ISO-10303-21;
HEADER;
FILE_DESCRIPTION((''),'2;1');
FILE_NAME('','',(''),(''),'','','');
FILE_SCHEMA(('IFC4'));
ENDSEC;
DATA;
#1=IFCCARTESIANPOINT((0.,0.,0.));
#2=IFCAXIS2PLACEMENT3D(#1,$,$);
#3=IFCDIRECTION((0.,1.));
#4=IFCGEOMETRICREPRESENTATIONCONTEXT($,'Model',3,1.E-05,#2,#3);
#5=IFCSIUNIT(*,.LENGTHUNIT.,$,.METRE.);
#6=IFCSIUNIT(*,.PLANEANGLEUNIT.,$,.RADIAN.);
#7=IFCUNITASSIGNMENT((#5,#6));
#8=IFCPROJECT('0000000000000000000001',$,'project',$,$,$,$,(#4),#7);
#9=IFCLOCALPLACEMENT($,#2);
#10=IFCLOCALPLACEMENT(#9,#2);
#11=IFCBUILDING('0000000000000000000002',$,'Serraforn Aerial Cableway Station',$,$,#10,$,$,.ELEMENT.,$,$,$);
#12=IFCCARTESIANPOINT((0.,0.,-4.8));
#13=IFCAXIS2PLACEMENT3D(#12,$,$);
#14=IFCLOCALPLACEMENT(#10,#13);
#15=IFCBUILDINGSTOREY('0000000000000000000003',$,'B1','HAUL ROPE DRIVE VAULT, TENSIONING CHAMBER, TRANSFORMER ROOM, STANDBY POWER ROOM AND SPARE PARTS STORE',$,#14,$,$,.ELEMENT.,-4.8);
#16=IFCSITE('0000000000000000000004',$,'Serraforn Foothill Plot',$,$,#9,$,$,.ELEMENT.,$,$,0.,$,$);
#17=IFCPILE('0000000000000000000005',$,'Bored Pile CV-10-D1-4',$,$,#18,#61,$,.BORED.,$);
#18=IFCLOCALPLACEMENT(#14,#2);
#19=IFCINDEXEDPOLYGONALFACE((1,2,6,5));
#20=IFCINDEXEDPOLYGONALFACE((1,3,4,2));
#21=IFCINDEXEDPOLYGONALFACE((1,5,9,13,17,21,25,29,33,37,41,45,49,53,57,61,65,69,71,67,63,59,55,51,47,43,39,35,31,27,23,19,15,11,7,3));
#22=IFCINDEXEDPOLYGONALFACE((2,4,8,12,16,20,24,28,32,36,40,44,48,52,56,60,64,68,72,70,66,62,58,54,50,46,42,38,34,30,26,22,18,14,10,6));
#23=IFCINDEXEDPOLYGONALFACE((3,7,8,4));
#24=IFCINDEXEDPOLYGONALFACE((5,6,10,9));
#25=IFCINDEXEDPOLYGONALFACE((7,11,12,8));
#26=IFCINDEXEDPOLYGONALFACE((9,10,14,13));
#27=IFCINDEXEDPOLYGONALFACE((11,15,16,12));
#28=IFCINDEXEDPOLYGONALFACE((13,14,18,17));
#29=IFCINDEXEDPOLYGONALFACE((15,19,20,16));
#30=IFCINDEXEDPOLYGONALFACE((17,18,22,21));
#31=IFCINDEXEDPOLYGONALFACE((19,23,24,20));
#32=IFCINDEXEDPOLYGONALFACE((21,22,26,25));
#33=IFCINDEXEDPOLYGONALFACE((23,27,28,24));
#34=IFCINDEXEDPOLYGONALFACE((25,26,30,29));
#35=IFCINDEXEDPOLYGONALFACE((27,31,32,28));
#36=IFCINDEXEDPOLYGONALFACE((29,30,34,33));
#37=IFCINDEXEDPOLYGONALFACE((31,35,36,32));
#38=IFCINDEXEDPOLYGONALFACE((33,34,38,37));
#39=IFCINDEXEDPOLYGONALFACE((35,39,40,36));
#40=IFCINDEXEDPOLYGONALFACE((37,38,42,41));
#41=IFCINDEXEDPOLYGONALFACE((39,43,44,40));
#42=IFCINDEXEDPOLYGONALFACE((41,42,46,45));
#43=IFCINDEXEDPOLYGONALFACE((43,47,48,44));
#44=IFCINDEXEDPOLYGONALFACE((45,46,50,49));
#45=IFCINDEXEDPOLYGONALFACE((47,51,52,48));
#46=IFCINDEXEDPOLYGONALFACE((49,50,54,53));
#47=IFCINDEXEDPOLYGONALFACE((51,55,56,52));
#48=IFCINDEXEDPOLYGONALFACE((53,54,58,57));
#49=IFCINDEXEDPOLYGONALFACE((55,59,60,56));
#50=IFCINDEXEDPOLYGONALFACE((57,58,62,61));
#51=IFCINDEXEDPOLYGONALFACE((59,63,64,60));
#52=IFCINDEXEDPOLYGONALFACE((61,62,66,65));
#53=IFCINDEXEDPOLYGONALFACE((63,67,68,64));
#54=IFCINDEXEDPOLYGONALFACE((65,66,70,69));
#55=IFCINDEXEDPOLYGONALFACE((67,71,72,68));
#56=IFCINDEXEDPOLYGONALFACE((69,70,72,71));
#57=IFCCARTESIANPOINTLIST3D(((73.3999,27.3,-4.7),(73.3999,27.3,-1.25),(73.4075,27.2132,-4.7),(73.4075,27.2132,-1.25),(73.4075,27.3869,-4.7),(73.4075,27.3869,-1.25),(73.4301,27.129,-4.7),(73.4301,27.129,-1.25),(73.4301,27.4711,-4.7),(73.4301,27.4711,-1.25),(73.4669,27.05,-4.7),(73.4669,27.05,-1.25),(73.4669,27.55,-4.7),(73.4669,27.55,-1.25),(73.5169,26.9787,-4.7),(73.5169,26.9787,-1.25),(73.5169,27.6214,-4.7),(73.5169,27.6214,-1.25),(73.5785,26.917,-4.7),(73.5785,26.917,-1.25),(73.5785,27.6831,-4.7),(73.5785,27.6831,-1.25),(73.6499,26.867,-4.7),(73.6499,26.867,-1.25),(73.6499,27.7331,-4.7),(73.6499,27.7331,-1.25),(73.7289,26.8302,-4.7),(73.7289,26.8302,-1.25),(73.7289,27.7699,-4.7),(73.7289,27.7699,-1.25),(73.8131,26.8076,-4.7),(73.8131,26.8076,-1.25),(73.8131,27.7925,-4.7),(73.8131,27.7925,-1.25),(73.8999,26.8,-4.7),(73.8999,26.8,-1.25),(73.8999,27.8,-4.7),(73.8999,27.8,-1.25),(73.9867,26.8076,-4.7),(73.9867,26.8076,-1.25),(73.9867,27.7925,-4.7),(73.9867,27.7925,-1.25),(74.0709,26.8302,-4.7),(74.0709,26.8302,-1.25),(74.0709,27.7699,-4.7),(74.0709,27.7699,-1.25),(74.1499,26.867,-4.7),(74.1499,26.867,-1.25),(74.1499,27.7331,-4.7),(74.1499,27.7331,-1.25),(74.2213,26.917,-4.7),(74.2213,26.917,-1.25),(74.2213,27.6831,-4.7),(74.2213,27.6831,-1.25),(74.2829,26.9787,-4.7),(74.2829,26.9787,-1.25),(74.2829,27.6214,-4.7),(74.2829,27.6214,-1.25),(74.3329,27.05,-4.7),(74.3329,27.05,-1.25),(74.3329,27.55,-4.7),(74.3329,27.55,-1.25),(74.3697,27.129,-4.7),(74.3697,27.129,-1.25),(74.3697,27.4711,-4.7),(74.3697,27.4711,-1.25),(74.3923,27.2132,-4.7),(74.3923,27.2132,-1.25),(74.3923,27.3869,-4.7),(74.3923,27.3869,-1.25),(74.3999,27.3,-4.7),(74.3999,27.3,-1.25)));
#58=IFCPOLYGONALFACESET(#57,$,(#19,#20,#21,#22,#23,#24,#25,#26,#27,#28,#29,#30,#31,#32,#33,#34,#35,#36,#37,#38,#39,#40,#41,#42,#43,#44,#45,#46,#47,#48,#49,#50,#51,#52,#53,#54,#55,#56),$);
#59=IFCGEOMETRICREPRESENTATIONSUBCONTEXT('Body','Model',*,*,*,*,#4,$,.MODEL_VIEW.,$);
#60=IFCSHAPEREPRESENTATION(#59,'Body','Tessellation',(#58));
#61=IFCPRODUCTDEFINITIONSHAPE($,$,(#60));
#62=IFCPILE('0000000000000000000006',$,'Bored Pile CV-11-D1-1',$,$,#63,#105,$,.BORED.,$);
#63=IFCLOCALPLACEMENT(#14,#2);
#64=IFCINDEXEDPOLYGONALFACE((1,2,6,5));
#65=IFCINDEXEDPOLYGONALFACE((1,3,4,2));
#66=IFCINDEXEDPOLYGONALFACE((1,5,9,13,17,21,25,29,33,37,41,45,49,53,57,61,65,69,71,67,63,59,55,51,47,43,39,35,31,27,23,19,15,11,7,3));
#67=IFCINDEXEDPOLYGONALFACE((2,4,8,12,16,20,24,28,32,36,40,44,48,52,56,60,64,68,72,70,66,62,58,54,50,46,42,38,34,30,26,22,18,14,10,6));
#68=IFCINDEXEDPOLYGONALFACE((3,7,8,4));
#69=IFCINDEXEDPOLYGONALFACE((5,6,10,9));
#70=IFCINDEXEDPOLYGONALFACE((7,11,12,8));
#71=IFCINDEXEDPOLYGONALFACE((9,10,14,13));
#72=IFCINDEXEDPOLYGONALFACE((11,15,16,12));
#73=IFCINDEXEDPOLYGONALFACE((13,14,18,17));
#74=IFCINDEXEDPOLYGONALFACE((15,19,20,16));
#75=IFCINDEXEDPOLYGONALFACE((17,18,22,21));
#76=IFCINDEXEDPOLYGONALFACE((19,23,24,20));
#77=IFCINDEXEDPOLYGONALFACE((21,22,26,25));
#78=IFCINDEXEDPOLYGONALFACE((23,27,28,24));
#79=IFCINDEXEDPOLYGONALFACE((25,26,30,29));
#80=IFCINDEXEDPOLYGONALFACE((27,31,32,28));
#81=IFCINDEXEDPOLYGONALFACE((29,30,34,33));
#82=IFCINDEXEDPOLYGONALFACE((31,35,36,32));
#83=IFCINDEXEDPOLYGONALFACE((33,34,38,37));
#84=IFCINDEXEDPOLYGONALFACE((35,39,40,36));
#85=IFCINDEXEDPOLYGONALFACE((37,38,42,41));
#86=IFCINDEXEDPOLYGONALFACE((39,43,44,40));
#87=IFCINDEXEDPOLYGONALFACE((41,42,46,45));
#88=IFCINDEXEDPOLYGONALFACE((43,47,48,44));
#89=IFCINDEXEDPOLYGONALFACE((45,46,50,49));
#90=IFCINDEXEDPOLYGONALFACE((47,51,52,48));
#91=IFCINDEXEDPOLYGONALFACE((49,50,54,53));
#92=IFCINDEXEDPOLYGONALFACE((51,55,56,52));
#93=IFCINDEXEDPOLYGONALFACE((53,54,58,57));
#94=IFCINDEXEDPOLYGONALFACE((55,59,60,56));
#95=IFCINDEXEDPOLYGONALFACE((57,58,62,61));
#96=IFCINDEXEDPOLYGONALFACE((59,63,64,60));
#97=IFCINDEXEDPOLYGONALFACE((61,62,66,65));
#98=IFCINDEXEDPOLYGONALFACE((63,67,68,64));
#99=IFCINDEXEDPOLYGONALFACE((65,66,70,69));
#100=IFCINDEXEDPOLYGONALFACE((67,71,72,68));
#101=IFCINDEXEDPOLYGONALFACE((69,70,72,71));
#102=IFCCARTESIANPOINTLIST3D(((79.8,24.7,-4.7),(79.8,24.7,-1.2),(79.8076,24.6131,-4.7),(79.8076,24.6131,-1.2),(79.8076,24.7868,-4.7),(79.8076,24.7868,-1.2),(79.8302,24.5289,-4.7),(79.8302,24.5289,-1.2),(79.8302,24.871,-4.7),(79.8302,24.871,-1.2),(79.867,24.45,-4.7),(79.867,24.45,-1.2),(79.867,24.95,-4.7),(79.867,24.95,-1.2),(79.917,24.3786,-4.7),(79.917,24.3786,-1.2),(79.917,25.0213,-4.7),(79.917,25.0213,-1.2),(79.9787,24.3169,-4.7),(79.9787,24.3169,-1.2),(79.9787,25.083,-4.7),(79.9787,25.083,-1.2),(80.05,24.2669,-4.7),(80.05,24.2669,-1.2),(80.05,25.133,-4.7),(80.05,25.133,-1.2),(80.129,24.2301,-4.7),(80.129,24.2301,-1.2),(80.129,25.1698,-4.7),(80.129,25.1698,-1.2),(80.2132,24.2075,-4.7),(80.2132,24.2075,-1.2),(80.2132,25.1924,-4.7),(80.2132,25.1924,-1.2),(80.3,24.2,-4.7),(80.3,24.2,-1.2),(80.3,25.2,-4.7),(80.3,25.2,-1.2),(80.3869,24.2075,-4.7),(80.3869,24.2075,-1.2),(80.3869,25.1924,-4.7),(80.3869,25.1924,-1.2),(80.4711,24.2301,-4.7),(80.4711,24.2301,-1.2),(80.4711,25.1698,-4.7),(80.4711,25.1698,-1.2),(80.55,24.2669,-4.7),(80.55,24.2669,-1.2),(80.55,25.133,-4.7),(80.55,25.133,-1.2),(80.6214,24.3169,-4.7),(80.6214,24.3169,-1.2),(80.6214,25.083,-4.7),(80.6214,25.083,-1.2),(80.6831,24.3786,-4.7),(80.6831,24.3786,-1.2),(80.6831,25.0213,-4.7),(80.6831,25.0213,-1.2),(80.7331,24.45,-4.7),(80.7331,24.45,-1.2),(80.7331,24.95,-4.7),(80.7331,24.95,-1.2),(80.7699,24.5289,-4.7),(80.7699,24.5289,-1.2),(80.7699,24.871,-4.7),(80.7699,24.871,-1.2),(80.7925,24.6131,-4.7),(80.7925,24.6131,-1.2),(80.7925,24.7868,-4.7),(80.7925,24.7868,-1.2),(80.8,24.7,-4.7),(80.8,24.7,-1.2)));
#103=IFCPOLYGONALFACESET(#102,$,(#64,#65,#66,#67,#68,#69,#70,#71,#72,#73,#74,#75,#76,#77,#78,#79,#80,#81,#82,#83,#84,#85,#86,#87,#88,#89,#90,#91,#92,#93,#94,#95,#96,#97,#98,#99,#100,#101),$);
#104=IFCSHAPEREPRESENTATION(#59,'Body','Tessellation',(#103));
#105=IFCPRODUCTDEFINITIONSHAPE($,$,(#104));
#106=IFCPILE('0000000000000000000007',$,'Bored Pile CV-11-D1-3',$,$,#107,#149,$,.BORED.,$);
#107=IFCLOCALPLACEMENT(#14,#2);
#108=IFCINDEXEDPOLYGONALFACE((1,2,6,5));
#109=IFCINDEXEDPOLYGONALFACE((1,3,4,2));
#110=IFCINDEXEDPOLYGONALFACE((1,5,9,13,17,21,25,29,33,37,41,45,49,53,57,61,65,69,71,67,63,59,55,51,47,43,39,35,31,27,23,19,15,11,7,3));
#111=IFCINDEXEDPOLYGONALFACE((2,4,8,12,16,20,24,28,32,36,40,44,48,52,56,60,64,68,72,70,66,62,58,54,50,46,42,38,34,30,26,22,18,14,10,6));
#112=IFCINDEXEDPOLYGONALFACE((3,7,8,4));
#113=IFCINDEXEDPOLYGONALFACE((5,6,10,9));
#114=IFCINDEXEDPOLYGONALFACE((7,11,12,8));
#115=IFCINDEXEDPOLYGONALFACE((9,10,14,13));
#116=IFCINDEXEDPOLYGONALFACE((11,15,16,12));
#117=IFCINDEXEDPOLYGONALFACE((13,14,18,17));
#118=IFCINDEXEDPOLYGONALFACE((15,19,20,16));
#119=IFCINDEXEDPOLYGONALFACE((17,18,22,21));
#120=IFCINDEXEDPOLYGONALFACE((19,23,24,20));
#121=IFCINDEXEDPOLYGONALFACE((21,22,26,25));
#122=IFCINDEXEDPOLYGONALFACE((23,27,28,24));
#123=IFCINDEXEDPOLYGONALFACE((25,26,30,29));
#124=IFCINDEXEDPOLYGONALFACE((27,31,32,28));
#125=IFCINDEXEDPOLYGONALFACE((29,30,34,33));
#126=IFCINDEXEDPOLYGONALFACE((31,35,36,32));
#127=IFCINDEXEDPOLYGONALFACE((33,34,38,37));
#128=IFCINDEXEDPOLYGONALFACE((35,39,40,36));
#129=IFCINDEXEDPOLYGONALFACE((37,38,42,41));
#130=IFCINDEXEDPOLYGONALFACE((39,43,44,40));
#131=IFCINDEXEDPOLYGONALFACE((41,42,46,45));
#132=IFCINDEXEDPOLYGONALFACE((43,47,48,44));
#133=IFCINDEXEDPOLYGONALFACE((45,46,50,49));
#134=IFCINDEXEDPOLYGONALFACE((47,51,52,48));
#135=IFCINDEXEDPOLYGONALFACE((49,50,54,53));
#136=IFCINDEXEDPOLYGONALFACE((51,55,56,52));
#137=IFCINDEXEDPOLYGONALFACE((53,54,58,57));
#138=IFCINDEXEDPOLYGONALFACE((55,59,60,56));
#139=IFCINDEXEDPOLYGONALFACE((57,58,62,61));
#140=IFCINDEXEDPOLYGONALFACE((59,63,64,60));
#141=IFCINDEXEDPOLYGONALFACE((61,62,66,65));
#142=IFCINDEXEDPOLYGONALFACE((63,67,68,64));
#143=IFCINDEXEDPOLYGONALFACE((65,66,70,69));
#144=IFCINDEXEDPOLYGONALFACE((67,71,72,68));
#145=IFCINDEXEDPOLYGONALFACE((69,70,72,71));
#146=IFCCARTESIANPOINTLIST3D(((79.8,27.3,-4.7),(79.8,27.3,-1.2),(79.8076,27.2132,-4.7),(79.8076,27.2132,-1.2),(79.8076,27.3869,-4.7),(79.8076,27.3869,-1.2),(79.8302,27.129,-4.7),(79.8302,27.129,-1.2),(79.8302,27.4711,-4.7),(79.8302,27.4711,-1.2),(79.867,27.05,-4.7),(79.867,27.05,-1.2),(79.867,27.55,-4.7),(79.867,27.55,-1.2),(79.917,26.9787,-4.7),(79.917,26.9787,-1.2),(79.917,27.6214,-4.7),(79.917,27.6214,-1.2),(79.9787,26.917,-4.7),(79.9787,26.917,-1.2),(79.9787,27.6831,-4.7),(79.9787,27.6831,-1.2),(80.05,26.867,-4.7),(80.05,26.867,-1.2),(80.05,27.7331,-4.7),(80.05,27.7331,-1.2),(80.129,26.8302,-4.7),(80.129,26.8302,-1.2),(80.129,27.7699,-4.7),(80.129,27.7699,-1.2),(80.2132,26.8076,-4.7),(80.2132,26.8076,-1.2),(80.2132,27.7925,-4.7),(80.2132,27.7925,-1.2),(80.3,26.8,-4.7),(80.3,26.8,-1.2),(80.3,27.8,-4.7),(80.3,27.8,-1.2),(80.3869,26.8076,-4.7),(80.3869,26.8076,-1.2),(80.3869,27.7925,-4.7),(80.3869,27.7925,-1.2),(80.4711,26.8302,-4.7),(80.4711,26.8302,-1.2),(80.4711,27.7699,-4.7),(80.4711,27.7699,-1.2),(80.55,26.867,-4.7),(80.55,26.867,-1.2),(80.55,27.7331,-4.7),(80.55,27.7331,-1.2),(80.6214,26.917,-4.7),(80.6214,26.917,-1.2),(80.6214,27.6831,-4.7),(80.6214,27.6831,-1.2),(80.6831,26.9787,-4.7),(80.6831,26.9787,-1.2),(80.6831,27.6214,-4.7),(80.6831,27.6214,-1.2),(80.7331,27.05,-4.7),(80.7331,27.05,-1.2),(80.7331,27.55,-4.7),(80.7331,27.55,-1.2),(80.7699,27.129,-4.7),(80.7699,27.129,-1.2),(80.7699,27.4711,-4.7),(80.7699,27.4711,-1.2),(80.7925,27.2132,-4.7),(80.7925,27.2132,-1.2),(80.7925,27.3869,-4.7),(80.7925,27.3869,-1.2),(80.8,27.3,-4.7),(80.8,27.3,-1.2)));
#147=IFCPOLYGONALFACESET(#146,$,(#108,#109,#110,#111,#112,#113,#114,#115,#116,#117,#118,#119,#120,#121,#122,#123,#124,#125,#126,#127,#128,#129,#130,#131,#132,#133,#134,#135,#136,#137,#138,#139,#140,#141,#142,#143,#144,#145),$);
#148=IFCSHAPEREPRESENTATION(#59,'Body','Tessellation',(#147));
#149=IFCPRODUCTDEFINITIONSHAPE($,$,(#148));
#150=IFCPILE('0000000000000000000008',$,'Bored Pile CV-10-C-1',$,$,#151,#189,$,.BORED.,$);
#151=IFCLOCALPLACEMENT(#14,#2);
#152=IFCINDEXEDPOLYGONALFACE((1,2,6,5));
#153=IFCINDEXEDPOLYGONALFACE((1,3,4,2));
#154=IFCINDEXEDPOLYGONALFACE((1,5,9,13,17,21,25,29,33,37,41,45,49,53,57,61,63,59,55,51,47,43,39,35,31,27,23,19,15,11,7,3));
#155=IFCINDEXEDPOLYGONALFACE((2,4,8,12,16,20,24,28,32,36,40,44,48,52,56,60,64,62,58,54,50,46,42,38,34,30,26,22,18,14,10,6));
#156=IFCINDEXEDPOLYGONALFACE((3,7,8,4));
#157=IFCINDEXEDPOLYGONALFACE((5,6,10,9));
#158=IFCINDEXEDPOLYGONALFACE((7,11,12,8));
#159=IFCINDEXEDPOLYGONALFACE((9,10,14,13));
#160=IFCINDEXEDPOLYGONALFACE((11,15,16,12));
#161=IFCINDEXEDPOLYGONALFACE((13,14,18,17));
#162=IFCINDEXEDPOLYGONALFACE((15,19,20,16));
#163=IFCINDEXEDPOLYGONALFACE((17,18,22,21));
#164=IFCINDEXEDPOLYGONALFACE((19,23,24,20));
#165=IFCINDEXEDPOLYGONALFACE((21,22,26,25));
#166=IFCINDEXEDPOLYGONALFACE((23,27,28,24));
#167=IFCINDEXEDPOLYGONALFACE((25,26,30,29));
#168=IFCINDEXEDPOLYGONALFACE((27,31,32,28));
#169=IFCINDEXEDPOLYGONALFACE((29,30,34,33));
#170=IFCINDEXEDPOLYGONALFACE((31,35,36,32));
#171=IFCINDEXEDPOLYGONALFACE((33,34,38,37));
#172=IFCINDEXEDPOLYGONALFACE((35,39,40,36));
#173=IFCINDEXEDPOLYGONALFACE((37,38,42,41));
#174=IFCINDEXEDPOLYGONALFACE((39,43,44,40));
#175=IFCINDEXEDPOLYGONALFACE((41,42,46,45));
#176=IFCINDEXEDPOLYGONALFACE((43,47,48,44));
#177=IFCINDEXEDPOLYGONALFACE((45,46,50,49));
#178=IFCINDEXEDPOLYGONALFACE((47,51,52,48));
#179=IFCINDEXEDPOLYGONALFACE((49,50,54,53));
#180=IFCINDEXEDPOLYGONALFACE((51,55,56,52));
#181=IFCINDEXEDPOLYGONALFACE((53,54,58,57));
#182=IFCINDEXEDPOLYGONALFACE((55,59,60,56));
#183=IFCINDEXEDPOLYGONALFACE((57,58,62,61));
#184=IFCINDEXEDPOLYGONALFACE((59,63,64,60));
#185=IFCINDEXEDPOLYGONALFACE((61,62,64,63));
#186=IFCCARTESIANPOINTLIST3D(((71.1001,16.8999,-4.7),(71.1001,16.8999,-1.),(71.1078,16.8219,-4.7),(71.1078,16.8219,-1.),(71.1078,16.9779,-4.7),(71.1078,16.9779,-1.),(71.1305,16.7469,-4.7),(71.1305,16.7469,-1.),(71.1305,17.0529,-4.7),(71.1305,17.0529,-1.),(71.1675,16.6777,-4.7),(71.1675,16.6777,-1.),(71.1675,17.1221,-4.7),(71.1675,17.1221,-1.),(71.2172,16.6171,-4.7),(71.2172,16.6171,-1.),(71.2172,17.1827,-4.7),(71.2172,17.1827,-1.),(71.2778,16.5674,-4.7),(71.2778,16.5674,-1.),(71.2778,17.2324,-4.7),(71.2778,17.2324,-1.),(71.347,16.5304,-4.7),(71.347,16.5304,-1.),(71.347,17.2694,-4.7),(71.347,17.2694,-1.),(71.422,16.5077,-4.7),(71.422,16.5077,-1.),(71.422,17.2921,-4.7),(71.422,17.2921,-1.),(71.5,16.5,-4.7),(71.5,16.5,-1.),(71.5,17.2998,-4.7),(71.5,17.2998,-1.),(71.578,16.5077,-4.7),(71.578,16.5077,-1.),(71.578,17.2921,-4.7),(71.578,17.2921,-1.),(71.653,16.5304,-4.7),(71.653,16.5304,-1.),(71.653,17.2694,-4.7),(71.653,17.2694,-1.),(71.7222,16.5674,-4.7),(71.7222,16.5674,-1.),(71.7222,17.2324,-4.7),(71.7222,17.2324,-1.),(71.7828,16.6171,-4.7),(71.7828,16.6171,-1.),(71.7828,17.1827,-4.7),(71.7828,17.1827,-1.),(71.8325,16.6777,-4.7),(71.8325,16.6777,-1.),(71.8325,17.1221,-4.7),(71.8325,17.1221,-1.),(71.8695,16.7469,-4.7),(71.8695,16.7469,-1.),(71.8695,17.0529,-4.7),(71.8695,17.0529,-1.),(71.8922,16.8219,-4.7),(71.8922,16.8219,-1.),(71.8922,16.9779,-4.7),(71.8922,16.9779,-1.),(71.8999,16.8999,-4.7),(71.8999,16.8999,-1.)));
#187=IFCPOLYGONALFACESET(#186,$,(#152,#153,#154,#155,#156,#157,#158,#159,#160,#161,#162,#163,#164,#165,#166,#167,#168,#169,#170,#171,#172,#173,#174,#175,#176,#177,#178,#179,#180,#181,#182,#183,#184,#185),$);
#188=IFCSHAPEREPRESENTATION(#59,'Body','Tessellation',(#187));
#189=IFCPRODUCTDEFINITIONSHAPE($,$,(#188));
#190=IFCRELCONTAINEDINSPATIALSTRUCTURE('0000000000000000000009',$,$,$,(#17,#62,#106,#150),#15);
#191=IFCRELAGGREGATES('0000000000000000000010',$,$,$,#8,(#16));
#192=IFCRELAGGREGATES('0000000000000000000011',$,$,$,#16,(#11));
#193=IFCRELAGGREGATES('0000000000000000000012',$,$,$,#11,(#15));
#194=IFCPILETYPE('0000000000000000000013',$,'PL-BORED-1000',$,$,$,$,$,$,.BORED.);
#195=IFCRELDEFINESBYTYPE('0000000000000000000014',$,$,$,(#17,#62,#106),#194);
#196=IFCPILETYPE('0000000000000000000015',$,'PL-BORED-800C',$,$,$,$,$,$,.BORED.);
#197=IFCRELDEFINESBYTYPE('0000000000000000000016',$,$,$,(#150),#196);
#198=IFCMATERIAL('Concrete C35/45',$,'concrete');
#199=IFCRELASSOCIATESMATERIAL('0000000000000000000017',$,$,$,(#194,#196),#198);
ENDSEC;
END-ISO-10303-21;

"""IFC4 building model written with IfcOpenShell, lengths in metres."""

from ifc_helpers import new_model, si_unit, direction, frame, origin, origin_2d, place, context, subcontext, project, spatial, circle, extrude, material, material_profile, profile_set, type_object, element, save


model = new_model("IFC4")

# Units and contexts
model_context = context("Model", 3, precision=1e-05, world=origin(), true_north=direction((0.0, 1.0)))
body_context = subcontext(model_context, "Body", "Model", "MODEL_VIEW")
ifc_project = project(units=[si_unit("LENGTHUNIT", "METRE"), si_unit("PLANEANGLEUNIT", "RADIAN")], contexts=[model_context])

# Site, building, storey
site_placement = place(None, origin())
site = spatial("IfcSite", under=ifc_project, at=site_placement, Name="Serraforn Foothill Plot", CompositionType="ELEMENT", RefElevation=0.0)
building_placement = place(site_placement, origin())
building = spatial("IfcBuilding", under=site, at=building_placement, Name="Serraforn Aerial Cableway Station", CompositionType="ELEMENT")
storey_placement = place(building_placement, frame((0.0, 0.0, -4.8)))
storey = spatial("IfcBuildingStorey", under=building, at=storey_placement, Name="B1", Description="HAUL ROPE DRIVE VAULT, TENSIONING CHAMBER, TRANSFORMER ROOM, STANDBY POWER ROOM AND SPARE PARTS STORE", CompositionType="ELEMENT", Elevation=-4.8)

# Shared definitions
ifc_material_1 = material(Name="Concrete C35/45", Category="concrete")

# Piles
ifc_material_profile_1 = material_profile(ifc_material_1, circle(Radius=0.5, at=origin_2d()), Name="BORED PILE D1000")
ifc_profile_set_1 = profile_set([ifc_material_profile_1], Name="Concrete C35/45")
pile_type_1 = type_object("IfcPileType", Name="PL-BORED-1000", PredefinedType="BORED", material=ifc_profile_set_1)
for number, where, z_axis, x_axis, name in (
    (1, (73.8999, 27.3, -1.25), (0.0, 0.0, -1.0), (1.0, 0.0, 0.0), "Bored Pile CV-10-D1-4"),
):
    element("IfcPile", number, at=place(storey_placement, frame(where, z_axis=z_axis, x_axis=x_axis)), inside=storey, type_object=pile_type_1, Name=name, PredefinedType="BORED", context=body_context, shape_type="SweptSolid", body=[
        extrude(circle(Radius=0.5, at=origin_2d()), origin(), (0.0, 0.0, 1.0), 3.45),
    ])
for number, where, z_axis, x_axis, name in (
    (2, (80.3, 24.7, -1.2), (0.0, 0.0, -1.0), (1.0, 0.0, 0.0), "Bored Pile CV-11-D1-1"),
    (3, (80.3, 27.3, -1.2), (0.0, 0.0, -1.0), (1.0, 0.0, 0.0), "Bored Pile CV-11-D1-3"),
):
    element("IfcPile", number, at=place(storey_placement, frame(where, z_axis=z_axis, x_axis=x_axis)), inside=storey, type_object=pile_type_1, Name=name, PredefinedType="BORED", context=body_context, shape_type="SweptSolid", body=[
        extrude(circle(Radius=0.5, at=origin_2d()), origin(), (0.0, 0.0, 1.0), 3.5),
    ])
ifc_material_profile_2 = material_profile(ifc_material_1, circle(Radius=0.3999, at=origin_2d()), Name="BORED PILE D800")
ifc_profile_set_2 = profile_set([ifc_material_profile_2], Name="Concrete C35/45")
pile_type_2 = type_object("IfcPileType", Name="PL-BORED-800C", PredefinedType="BORED", material=ifc_profile_set_2)
for number, where, z_axis, x_axis, name in (
    (4, (71.5, 16.8999, -1.0), (0.0, 0.0, -1.0), (1.0, 0.0, 0.0), "Bored Pile CV-10-C-1"),
):
    element("IfcPile", number, at=place(storey_placement, frame(where, z_axis=z_axis, x_axis=x_axis)), inside=storey, type_object=pile_type_2, Name=name, PredefinedType="BORED", context=body_context, shape_type="SweptSolid", body=[
        extrude(circle(Radius=0.3999, at=origin_2d()), origin(), (0.0, 0.0, 1.0), 3.7),
    ])

save(model, "model.ifc")
